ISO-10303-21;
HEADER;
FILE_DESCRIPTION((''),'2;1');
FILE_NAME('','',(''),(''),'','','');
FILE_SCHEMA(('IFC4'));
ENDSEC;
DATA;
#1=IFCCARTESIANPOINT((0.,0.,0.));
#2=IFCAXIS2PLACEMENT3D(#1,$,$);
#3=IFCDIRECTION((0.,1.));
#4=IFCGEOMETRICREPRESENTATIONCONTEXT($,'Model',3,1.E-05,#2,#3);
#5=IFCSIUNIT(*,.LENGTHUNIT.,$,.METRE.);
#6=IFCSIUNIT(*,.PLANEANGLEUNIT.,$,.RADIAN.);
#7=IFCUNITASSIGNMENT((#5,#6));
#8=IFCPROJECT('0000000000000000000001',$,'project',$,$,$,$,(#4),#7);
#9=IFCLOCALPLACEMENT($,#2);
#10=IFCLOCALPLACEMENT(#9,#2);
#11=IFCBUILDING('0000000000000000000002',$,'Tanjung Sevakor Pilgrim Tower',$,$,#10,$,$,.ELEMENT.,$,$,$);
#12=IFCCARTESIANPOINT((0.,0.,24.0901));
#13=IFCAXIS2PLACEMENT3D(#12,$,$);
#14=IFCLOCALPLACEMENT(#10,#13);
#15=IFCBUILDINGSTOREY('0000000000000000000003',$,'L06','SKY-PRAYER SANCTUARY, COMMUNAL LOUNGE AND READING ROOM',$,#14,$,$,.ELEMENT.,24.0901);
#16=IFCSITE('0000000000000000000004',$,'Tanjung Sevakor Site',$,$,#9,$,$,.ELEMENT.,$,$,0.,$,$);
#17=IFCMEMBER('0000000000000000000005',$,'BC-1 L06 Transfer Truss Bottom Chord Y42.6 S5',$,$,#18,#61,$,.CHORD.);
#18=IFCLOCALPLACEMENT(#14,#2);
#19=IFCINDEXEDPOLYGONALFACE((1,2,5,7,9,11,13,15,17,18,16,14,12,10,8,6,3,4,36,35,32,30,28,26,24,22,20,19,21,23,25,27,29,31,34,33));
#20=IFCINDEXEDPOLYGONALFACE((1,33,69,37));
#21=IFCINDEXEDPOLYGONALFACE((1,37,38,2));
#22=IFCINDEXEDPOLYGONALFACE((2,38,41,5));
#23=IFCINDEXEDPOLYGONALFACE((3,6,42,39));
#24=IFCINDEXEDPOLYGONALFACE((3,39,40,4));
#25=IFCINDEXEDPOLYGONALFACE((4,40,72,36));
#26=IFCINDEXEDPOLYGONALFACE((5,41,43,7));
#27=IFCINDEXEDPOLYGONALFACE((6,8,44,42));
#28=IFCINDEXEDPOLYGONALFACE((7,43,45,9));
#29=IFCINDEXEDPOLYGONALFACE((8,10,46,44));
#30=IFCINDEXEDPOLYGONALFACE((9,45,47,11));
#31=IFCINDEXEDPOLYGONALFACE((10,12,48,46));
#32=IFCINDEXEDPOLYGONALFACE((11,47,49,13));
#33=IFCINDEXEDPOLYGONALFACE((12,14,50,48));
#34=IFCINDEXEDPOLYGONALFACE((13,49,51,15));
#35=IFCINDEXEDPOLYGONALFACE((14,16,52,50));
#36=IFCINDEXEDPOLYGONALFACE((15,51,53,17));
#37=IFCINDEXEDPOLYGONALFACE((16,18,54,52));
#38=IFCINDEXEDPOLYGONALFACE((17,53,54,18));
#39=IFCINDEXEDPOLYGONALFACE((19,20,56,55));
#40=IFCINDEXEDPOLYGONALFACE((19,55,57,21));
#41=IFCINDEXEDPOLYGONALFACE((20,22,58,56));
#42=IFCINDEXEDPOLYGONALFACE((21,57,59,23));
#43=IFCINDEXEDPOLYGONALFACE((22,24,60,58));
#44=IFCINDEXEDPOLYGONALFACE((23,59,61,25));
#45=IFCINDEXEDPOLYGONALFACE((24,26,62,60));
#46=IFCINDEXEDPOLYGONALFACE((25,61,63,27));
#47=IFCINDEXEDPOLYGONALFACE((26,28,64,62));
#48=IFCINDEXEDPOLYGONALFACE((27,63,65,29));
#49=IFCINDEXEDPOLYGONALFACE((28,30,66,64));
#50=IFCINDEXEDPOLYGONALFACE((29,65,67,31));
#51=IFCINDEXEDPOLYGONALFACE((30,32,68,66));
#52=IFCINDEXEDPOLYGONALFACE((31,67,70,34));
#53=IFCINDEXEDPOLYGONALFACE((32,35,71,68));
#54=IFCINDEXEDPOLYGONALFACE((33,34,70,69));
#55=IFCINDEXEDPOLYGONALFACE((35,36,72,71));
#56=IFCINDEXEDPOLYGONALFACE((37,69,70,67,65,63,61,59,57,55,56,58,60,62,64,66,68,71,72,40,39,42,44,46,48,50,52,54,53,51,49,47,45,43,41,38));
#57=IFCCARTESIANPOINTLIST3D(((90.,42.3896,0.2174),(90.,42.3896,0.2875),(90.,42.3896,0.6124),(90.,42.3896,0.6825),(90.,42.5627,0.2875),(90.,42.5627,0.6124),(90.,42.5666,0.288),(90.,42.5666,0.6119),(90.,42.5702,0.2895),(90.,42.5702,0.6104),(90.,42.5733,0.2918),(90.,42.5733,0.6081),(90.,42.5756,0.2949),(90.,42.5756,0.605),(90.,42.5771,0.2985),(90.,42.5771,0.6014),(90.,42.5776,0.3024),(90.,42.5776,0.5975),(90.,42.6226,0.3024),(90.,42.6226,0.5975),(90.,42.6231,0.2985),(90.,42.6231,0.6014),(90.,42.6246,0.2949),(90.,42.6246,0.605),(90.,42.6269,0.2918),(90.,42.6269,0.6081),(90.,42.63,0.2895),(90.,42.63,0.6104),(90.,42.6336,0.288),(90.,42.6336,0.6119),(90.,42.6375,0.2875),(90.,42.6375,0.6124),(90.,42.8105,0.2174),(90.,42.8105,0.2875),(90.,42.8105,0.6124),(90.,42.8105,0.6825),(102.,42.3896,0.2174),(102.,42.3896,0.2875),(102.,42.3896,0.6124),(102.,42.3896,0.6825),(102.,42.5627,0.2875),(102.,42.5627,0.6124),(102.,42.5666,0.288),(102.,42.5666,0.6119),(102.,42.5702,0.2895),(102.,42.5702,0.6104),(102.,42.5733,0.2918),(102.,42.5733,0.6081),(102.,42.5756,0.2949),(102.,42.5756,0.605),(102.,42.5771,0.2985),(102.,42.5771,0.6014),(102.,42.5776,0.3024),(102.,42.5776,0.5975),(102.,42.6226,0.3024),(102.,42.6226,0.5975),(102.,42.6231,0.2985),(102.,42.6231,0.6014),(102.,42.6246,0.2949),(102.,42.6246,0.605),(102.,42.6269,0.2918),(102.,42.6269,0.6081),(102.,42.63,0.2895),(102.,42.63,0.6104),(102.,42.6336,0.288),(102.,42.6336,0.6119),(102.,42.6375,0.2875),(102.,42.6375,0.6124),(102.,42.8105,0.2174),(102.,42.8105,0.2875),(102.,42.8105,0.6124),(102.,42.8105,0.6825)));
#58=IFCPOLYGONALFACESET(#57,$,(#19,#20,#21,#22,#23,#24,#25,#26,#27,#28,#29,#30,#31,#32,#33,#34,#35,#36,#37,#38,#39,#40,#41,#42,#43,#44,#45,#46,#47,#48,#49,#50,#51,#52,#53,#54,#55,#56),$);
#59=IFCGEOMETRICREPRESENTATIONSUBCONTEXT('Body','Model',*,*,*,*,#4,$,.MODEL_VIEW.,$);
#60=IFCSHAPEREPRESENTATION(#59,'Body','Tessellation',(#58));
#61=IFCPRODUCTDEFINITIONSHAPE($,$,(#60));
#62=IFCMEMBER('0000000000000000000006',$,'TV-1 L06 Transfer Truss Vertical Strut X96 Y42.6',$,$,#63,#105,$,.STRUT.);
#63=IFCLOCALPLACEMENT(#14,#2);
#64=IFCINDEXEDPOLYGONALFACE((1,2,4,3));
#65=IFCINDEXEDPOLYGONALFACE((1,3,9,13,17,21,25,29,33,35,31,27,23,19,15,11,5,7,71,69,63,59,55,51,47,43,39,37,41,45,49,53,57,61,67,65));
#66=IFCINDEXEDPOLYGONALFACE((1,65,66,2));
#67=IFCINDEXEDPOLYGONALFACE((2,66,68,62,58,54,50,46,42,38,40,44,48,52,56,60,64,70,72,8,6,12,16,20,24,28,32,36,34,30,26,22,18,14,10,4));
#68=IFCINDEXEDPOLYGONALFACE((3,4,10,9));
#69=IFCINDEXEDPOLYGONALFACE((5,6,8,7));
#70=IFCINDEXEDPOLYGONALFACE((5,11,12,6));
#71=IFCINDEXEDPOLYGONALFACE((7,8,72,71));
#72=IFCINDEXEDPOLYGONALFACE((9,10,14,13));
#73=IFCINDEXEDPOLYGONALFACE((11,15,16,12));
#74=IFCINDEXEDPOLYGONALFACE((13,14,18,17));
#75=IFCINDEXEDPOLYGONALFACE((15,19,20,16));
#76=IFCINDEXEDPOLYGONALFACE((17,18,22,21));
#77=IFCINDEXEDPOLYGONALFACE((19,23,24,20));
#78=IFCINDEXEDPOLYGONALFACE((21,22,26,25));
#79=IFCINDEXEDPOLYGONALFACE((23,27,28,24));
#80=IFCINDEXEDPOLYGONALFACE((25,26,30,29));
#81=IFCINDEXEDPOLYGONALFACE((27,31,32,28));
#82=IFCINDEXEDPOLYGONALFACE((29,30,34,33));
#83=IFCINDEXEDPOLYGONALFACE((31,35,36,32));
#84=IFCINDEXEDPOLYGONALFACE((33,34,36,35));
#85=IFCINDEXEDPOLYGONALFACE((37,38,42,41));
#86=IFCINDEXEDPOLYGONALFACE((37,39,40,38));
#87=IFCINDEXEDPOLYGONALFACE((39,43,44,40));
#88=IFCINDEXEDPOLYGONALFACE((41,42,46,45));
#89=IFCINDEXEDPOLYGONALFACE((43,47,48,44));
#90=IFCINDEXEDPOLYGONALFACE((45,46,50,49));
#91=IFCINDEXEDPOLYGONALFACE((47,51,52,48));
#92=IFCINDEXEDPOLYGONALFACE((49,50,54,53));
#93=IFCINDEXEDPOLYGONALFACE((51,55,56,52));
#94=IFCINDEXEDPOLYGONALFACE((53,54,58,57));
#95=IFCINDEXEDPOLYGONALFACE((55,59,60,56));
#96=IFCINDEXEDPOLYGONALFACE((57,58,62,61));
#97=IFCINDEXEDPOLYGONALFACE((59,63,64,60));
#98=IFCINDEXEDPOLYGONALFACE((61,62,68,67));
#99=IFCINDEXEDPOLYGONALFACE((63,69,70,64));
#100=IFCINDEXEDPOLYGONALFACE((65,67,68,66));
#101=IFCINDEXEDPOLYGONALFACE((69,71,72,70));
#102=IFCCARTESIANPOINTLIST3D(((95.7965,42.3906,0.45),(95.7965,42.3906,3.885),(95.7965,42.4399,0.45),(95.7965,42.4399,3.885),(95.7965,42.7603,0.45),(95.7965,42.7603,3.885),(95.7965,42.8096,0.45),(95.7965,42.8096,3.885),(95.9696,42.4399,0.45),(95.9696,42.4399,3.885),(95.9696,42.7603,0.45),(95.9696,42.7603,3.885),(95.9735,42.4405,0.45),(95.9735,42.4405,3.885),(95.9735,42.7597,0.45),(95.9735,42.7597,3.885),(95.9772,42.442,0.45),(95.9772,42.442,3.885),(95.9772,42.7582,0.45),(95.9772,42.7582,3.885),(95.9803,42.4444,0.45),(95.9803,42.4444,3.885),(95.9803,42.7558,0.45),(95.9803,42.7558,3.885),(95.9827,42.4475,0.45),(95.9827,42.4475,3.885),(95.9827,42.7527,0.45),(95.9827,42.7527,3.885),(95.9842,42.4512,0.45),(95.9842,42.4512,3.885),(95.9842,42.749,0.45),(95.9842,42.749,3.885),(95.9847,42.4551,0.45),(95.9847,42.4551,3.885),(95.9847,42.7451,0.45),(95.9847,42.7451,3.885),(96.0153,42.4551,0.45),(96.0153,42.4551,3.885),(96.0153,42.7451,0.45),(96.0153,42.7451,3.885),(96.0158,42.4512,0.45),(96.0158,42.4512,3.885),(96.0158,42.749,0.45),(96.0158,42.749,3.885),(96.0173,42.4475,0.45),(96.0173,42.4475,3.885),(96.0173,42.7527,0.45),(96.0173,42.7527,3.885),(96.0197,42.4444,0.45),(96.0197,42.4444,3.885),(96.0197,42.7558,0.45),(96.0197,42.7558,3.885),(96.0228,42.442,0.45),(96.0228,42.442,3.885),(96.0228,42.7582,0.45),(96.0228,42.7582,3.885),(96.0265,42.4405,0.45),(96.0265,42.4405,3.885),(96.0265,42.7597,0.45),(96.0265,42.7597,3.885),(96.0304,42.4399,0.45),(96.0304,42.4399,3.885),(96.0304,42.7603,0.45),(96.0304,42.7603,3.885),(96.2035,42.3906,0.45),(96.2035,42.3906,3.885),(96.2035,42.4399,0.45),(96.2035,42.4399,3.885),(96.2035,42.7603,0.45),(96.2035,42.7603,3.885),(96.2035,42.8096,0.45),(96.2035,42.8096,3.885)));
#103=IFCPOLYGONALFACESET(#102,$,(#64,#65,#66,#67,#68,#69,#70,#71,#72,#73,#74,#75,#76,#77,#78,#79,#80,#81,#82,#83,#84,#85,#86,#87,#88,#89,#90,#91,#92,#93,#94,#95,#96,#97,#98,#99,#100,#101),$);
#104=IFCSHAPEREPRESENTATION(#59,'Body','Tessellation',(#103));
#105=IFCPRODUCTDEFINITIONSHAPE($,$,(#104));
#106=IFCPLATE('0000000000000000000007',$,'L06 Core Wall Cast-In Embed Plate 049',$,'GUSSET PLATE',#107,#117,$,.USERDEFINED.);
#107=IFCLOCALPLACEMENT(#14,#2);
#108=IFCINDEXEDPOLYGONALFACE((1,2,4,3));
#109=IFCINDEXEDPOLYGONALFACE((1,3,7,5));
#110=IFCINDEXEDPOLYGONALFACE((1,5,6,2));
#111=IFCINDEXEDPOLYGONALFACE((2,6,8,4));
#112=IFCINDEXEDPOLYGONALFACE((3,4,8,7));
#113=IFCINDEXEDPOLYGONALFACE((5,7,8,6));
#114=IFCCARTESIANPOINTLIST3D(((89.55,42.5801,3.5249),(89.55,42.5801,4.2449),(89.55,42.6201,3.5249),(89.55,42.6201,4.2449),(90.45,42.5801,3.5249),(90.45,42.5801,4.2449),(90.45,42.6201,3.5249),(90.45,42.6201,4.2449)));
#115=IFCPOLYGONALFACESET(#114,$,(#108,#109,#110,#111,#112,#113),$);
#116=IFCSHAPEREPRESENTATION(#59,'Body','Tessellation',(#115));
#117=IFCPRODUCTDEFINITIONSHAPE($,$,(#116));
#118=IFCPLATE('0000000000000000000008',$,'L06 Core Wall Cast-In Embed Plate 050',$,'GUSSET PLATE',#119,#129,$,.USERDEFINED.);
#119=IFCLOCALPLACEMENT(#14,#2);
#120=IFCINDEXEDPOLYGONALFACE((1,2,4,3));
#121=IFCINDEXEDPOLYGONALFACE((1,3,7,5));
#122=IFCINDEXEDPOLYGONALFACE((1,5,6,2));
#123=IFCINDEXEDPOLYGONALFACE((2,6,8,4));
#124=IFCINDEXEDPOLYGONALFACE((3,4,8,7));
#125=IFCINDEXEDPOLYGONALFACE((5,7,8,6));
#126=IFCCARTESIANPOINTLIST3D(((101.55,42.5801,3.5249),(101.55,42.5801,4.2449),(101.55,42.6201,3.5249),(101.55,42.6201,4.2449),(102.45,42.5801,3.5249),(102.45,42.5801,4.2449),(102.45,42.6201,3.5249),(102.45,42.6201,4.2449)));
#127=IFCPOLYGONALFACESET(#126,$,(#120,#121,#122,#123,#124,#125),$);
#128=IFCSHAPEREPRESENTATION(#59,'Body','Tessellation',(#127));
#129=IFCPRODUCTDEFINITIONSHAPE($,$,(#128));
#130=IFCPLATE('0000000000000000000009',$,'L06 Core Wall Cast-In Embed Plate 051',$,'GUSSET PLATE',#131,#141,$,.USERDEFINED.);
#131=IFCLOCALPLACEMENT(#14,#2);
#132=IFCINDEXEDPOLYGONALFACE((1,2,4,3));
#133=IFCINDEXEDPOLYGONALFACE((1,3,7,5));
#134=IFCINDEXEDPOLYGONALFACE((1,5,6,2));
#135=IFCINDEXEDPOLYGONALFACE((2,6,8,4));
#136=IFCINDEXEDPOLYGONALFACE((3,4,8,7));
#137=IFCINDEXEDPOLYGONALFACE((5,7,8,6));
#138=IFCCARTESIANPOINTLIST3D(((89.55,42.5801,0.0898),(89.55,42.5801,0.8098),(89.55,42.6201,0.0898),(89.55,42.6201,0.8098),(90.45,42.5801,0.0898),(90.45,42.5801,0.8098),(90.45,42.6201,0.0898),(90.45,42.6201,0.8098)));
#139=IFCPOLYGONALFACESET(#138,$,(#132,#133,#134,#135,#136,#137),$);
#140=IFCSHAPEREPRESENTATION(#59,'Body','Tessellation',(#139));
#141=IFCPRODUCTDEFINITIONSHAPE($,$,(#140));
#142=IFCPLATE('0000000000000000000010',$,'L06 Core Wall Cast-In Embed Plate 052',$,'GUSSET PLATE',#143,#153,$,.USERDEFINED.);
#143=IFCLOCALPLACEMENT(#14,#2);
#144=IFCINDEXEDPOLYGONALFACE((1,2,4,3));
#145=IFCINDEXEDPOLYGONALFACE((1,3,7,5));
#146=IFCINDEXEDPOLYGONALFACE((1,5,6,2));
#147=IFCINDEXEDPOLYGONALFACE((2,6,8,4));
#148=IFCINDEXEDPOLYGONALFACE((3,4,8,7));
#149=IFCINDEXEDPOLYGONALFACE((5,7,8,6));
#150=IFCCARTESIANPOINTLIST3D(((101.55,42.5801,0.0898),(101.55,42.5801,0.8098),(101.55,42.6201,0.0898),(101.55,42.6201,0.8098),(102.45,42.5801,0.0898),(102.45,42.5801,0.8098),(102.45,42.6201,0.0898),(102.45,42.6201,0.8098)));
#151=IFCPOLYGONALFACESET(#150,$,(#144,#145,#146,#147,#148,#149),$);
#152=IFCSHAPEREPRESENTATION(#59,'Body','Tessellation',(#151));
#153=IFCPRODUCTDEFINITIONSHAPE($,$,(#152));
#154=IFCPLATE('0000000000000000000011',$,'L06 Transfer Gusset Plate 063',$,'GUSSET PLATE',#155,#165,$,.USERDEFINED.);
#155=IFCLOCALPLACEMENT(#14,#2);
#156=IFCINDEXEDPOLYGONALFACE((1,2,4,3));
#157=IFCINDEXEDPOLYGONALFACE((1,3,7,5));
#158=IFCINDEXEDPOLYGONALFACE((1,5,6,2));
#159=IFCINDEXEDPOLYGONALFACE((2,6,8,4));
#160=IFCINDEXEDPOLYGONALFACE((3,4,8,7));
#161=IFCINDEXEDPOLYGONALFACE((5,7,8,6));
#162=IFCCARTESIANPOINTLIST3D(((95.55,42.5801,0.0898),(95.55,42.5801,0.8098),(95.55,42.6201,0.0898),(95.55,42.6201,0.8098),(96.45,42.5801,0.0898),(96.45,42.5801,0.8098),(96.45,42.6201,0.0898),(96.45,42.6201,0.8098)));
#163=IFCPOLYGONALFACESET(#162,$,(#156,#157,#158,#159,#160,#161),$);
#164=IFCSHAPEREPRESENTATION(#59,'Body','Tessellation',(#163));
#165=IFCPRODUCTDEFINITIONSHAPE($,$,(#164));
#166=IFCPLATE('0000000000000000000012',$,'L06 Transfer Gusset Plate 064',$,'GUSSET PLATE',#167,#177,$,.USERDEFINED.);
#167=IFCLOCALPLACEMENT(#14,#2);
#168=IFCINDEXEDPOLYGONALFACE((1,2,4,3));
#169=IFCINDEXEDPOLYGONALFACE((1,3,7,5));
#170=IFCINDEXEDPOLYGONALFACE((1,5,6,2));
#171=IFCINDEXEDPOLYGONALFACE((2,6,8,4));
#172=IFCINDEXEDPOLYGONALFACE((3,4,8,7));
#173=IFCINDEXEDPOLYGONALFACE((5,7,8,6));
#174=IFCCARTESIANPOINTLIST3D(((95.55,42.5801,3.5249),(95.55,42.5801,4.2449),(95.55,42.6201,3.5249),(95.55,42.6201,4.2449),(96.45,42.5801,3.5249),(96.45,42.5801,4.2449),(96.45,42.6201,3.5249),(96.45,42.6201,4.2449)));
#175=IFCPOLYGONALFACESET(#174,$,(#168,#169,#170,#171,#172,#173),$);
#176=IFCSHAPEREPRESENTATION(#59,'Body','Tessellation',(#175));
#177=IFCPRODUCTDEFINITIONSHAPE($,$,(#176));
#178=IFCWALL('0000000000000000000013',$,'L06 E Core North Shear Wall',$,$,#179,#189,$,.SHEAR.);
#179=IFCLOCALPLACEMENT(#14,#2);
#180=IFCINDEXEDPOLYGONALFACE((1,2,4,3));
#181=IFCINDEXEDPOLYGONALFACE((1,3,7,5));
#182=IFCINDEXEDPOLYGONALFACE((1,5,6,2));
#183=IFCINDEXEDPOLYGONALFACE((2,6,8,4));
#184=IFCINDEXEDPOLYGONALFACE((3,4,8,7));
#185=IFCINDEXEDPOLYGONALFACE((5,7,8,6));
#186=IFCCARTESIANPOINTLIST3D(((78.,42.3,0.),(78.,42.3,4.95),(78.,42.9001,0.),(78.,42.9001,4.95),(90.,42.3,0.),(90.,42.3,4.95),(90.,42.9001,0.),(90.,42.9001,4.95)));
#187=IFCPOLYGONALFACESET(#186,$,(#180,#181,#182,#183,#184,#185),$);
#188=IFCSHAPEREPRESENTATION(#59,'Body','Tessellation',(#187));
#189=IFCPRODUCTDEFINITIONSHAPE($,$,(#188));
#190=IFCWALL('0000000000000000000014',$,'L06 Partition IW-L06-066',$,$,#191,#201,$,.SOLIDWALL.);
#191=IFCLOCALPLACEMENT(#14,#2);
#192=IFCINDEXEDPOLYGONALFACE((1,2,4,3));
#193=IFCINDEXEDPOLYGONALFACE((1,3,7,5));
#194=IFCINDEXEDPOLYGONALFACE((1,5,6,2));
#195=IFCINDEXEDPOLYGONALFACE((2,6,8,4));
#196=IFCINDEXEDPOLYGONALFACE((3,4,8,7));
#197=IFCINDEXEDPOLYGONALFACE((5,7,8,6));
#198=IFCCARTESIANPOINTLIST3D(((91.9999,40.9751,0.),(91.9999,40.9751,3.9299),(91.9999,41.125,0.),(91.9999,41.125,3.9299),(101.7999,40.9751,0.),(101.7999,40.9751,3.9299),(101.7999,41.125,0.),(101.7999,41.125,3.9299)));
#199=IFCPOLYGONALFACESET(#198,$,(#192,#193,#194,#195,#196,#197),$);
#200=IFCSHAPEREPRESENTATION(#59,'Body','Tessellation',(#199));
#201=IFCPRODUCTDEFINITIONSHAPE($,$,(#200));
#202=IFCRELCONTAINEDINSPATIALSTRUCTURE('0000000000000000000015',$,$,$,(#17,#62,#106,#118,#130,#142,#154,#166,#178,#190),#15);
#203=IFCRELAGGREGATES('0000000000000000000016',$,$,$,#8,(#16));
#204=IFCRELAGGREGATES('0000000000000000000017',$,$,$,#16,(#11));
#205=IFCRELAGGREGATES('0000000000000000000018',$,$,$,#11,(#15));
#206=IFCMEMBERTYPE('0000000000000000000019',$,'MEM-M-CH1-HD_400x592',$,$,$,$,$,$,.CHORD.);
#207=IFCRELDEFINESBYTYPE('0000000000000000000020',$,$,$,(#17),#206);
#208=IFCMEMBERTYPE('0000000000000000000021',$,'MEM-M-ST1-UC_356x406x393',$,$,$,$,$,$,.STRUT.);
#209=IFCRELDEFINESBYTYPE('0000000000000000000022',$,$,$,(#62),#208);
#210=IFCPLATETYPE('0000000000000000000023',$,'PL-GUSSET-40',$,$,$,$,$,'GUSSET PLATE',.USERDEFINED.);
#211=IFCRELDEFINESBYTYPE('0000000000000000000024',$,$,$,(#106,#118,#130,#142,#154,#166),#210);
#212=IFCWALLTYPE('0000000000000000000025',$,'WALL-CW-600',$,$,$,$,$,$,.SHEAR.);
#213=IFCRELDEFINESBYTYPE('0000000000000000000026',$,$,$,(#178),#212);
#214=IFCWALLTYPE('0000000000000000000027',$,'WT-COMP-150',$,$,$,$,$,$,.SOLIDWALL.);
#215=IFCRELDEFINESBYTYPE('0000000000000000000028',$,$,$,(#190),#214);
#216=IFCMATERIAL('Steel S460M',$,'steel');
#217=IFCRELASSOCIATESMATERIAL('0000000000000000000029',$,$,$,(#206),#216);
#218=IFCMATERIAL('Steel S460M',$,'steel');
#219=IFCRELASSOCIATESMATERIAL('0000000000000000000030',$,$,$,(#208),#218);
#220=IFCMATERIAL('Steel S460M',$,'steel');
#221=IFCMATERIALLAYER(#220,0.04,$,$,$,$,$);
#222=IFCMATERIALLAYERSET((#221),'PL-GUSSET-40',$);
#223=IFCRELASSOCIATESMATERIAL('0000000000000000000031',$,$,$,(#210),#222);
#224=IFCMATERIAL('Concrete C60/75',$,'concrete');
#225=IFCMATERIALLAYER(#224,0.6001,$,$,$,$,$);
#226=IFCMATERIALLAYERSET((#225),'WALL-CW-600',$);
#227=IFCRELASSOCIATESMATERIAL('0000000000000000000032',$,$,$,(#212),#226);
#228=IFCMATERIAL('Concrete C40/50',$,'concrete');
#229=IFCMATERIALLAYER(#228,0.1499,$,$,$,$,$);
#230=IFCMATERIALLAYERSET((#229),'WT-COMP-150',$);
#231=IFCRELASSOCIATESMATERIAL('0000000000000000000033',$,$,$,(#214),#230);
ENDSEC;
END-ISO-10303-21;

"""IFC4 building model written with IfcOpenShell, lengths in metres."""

from ifc_helpers import new_model, si_unit, direction, frame, frame_2d, origin, origin_2d, place, context, subcontext, project, spatial, rectangle, i_section, extrude, material, layer, layer_set, material_profile, profile_set, type_object, element, save


model = new_model("IFC4")

# Units and contexts
model_context = context("Model", 3, precision=1e-05, world=origin(), true_north=direction((0.0, 1.0)))
body_context = subcontext(model_context, "Body", "Model", "MODEL_VIEW")
ifc_project = project(units=[si_unit("LENGTHUNIT", "METRE"), si_unit("PLANEANGLEUNIT", "RADIAN")], contexts=[model_context])

# Site, building, storey
site_placement = place(None, origin())
site = spatial("IfcSite", under=ifc_project, at=site_placement, Name="Tanjung Sevakor Site", CompositionType="ELEMENT", RefElevation=0.0)
building_placement = place(site_placement, origin())
building = spatial("IfcBuilding", under=site, at=building_placement, Name="Tanjung Sevakor Pilgrim Tower", CompositionType="ELEMENT")
storey_placement = place(building_placement, frame((0.0, 0.0, 24.0901)))
storey = spatial("IfcBuildingStorey", under=building, at=storey_placement, Name="L06", Description="SKY-PRAYER SANCTUARY, COMMUNAL LOUNGE AND READING ROOM", CompositionType="ELEMENT", Elevation=24.0901)

# Members
ifc_material_1 = material(Name="Steel S460M", Category="steel")
ifc_material_profile_1 = material_profile(ifc_material_1, i_section(OverallWidth=0.4209, OverallDepth=0.4651, WebThickness=0.0449, FlangeThickness=0.0701, FilletRadius=0.0149, at=origin_2d()))
ifc_profile_set_1 = profile_set([ifc_material_profile_1], Name="Steel S460M")
member_type_1 = type_object("IfcMemberType", Name="MEM-M-CH1-HD_400x592", PredefinedType="CHORD", material=ifc_profile_set_1)
member_1_placement = place(storey_placement, frame((90.0, 42.6001, 0.45), z_axis=(1.0, 0.0, 0.0), x_axis=(0.0, 1.0, 0.0)))
element("IfcMember", 1, at=member_1_placement, inside=storey, type_object=member_type_1, Name="BC-1 L06 Transfer Truss Bottom Chord Y42.6 S5", PredefinedType="CHORD", context=body_context, shape_type="SweptSolid", body=[
    extrude(i_section(OverallWidth=0.4209, OverallDepth=0.4651, WebThickness=0.0449, FlangeThickness=0.0701, FilletRadius=0.0149, at=origin_2d()), origin(), (0.0, 0.0, 1.0), 12.0),
])
ifc_material_2 = material(Name="Steel S460M", Category="steel")
ifc_material_profile_2 = material_profile(ifc_material_2, i_section(OverallWidth=0.407, OverallDepth=0.4189, WebThickness=0.0305, FlangeThickness=0.0493, FilletRadius=0.0151, at=origin_2d()))
ifc_profile_set_2 = profile_set([ifc_material_profile_2], Name="Steel S460M")
member_type_2 = type_object("IfcMemberType", Name="MEM-M-ST1-UC_356x406x393", PredefinedType="STRUT", material=ifc_profile_set_2)
member_2_placement = place(storey_placement, frame((96.0, 42.6001, 0.45), z_axis=(0.0, 0.0, 1.0), x_axis=(1.0, 0.0, 0.0)))
element("IfcMember", 2, at=member_2_placement, inside=storey, type_object=member_type_2, Name="TV-1 L06 Transfer Truss Vertical Strut X96 Y42.6", PredefinedType="STRUT", context=body_context, shape_type="SweptSolid", body=[
    extrude(i_section(OverallWidth=0.407, OverallDepth=0.4189, WebThickness=0.0305, FlangeThickness=0.0493, FilletRadius=0.0151, at=origin_2d()), origin(), (0.0, 0.0, 1.0), 3.4351),
])

# Plates
ifc_material_3 = material(Name="Steel S460M", Category="steel")
ifc_layer_1 = layer(ifc_material_3, 0.04)
ifc_layer_set_1 = layer_set([ifc_layer_1], Name="PL-GUSSET-40")
plate_type = type_object("IfcPlateType", Name="PL-GUSSET-40", ElementType="GUSSET PLATE", PredefinedType="USERDEFINED", material=ifc_layer_set_1)
for number, where, z_axis, x_axis, name in (
    (3, (90.0, 42.6001, 3.5249), (0.0, 0.0, 1.0), (1.0, 0.0, 0.0), "L06 Core Wall Cast-In Embed Plate 049"),
    (4, (102.0, 42.6001, 3.5249), (0.0, 0.0, 1.0), (1.0, 0.0, 0.0), "L06 Core Wall Cast-In Embed Plate 050"),
    (5, (90.0, 42.6001, 0.0898), (0.0, 0.0, 1.0), (1.0, 0.0, 0.0), "L06 Core Wall Cast-In Embed Plate 051"),
    (6, (102.0, 42.6001, 0.0898), (0.0, 0.0, 1.0), (1.0, 0.0, 0.0), "L06 Core Wall Cast-In Embed Plate 052"),
    (7, (96.0, 42.6001, 0.0898), (0.0, 0.0, 1.0), (1.0, 0.0, 0.0), "L06 Transfer Gusset Plate 063"),
    (8, (96.0, 42.6001, 3.5249), (0.0, 0.0, 1.0), (1.0, 0.0, 0.0), "L06 Transfer Gusset Plate 064"),
):
    element("IfcPlate", number, at=place(storey_placement, frame(where, z_axis=z_axis, x_axis=x_axis)), inside=storey, type_object=plate_type, Name=name, ObjectType="GUSSET PLATE", PredefinedType="USERDEFINED", context=body_context, shape_type="SweptSolid", body=[
        extrude(rectangle(XDim=0.8999, YDim=0.04, at=origin_2d()), origin(), (0.0, 0.0, 1.0), 0.72),
    ])

# Walls
ifc_material_4 = material(Name="Concrete C60/75", Category="concrete")
ifc_layer_2 = layer(ifc_material_4, 0.6001)
ifc_layer_set_2 = layer_set([ifc_layer_2], Name="WALL-CW-600")
wall_type_1 = type_object("IfcWallType", Name="WALL-CW-600", PredefinedType="SHEAR", material=ifc_layer_set_2)
wall_1_placement = place(storey_placement, frame((90.0, 42.6001, 0.0), z_axis=(0.0, 0.0, 1.0), x_axis=(-1.0, 0.0, 0.0)))
element("IfcWall", 9, at=wall_1_placement, inside=storey, type_object=wall_type_1, Name="L06 E Core North Shear Wall", PredefinedType="SHEAR", context=body_context, shape_type="SweptSolid", body=[
    extrude(rectangle(XDim=12.0, YDim=0.6001, at=frame_2d((6.0, 0.0))), origin(), (0.0, 0.0, 1.0), 4.95),
])
ifc_material_5 = material(Name="Concrete C40/50", Category="concrete")
ifc_layer_3 = layer(ifc_material_5, 0.1499)
ifc_layer_set_3 = layer_set([ifc_layer_3], Name="WT-COMP-150")
wall_type_2 = type_object("IfcWallType", Name="WT-COMP-150", PredefinedType="SOLIDWALL", material=ifc_layer_set_3)
wall_2_placement = place(storey_placement, frame((92.0, 41.05, 0.0), z_axis=(0.0, 0.0, 1.0), x_axis=(1.0, 0.0, 0.0)))
element("IfcWall", 10, at=wall_2_placement, inside=storey, type_object=wall_type_2, Name="L06 Partition IW-L06-066", PredefinedType="SOLIDWALL", context=body_context, shape_type="SweptSolid", body=[
    extrude(rectangle(XDim=9.8, YDim=0.1499, at=frame_2d((4.8999, 0.0))), origin(), (0.0, 0.0, 1.0), 3.9299),
])

save(model, "model.ifc")
